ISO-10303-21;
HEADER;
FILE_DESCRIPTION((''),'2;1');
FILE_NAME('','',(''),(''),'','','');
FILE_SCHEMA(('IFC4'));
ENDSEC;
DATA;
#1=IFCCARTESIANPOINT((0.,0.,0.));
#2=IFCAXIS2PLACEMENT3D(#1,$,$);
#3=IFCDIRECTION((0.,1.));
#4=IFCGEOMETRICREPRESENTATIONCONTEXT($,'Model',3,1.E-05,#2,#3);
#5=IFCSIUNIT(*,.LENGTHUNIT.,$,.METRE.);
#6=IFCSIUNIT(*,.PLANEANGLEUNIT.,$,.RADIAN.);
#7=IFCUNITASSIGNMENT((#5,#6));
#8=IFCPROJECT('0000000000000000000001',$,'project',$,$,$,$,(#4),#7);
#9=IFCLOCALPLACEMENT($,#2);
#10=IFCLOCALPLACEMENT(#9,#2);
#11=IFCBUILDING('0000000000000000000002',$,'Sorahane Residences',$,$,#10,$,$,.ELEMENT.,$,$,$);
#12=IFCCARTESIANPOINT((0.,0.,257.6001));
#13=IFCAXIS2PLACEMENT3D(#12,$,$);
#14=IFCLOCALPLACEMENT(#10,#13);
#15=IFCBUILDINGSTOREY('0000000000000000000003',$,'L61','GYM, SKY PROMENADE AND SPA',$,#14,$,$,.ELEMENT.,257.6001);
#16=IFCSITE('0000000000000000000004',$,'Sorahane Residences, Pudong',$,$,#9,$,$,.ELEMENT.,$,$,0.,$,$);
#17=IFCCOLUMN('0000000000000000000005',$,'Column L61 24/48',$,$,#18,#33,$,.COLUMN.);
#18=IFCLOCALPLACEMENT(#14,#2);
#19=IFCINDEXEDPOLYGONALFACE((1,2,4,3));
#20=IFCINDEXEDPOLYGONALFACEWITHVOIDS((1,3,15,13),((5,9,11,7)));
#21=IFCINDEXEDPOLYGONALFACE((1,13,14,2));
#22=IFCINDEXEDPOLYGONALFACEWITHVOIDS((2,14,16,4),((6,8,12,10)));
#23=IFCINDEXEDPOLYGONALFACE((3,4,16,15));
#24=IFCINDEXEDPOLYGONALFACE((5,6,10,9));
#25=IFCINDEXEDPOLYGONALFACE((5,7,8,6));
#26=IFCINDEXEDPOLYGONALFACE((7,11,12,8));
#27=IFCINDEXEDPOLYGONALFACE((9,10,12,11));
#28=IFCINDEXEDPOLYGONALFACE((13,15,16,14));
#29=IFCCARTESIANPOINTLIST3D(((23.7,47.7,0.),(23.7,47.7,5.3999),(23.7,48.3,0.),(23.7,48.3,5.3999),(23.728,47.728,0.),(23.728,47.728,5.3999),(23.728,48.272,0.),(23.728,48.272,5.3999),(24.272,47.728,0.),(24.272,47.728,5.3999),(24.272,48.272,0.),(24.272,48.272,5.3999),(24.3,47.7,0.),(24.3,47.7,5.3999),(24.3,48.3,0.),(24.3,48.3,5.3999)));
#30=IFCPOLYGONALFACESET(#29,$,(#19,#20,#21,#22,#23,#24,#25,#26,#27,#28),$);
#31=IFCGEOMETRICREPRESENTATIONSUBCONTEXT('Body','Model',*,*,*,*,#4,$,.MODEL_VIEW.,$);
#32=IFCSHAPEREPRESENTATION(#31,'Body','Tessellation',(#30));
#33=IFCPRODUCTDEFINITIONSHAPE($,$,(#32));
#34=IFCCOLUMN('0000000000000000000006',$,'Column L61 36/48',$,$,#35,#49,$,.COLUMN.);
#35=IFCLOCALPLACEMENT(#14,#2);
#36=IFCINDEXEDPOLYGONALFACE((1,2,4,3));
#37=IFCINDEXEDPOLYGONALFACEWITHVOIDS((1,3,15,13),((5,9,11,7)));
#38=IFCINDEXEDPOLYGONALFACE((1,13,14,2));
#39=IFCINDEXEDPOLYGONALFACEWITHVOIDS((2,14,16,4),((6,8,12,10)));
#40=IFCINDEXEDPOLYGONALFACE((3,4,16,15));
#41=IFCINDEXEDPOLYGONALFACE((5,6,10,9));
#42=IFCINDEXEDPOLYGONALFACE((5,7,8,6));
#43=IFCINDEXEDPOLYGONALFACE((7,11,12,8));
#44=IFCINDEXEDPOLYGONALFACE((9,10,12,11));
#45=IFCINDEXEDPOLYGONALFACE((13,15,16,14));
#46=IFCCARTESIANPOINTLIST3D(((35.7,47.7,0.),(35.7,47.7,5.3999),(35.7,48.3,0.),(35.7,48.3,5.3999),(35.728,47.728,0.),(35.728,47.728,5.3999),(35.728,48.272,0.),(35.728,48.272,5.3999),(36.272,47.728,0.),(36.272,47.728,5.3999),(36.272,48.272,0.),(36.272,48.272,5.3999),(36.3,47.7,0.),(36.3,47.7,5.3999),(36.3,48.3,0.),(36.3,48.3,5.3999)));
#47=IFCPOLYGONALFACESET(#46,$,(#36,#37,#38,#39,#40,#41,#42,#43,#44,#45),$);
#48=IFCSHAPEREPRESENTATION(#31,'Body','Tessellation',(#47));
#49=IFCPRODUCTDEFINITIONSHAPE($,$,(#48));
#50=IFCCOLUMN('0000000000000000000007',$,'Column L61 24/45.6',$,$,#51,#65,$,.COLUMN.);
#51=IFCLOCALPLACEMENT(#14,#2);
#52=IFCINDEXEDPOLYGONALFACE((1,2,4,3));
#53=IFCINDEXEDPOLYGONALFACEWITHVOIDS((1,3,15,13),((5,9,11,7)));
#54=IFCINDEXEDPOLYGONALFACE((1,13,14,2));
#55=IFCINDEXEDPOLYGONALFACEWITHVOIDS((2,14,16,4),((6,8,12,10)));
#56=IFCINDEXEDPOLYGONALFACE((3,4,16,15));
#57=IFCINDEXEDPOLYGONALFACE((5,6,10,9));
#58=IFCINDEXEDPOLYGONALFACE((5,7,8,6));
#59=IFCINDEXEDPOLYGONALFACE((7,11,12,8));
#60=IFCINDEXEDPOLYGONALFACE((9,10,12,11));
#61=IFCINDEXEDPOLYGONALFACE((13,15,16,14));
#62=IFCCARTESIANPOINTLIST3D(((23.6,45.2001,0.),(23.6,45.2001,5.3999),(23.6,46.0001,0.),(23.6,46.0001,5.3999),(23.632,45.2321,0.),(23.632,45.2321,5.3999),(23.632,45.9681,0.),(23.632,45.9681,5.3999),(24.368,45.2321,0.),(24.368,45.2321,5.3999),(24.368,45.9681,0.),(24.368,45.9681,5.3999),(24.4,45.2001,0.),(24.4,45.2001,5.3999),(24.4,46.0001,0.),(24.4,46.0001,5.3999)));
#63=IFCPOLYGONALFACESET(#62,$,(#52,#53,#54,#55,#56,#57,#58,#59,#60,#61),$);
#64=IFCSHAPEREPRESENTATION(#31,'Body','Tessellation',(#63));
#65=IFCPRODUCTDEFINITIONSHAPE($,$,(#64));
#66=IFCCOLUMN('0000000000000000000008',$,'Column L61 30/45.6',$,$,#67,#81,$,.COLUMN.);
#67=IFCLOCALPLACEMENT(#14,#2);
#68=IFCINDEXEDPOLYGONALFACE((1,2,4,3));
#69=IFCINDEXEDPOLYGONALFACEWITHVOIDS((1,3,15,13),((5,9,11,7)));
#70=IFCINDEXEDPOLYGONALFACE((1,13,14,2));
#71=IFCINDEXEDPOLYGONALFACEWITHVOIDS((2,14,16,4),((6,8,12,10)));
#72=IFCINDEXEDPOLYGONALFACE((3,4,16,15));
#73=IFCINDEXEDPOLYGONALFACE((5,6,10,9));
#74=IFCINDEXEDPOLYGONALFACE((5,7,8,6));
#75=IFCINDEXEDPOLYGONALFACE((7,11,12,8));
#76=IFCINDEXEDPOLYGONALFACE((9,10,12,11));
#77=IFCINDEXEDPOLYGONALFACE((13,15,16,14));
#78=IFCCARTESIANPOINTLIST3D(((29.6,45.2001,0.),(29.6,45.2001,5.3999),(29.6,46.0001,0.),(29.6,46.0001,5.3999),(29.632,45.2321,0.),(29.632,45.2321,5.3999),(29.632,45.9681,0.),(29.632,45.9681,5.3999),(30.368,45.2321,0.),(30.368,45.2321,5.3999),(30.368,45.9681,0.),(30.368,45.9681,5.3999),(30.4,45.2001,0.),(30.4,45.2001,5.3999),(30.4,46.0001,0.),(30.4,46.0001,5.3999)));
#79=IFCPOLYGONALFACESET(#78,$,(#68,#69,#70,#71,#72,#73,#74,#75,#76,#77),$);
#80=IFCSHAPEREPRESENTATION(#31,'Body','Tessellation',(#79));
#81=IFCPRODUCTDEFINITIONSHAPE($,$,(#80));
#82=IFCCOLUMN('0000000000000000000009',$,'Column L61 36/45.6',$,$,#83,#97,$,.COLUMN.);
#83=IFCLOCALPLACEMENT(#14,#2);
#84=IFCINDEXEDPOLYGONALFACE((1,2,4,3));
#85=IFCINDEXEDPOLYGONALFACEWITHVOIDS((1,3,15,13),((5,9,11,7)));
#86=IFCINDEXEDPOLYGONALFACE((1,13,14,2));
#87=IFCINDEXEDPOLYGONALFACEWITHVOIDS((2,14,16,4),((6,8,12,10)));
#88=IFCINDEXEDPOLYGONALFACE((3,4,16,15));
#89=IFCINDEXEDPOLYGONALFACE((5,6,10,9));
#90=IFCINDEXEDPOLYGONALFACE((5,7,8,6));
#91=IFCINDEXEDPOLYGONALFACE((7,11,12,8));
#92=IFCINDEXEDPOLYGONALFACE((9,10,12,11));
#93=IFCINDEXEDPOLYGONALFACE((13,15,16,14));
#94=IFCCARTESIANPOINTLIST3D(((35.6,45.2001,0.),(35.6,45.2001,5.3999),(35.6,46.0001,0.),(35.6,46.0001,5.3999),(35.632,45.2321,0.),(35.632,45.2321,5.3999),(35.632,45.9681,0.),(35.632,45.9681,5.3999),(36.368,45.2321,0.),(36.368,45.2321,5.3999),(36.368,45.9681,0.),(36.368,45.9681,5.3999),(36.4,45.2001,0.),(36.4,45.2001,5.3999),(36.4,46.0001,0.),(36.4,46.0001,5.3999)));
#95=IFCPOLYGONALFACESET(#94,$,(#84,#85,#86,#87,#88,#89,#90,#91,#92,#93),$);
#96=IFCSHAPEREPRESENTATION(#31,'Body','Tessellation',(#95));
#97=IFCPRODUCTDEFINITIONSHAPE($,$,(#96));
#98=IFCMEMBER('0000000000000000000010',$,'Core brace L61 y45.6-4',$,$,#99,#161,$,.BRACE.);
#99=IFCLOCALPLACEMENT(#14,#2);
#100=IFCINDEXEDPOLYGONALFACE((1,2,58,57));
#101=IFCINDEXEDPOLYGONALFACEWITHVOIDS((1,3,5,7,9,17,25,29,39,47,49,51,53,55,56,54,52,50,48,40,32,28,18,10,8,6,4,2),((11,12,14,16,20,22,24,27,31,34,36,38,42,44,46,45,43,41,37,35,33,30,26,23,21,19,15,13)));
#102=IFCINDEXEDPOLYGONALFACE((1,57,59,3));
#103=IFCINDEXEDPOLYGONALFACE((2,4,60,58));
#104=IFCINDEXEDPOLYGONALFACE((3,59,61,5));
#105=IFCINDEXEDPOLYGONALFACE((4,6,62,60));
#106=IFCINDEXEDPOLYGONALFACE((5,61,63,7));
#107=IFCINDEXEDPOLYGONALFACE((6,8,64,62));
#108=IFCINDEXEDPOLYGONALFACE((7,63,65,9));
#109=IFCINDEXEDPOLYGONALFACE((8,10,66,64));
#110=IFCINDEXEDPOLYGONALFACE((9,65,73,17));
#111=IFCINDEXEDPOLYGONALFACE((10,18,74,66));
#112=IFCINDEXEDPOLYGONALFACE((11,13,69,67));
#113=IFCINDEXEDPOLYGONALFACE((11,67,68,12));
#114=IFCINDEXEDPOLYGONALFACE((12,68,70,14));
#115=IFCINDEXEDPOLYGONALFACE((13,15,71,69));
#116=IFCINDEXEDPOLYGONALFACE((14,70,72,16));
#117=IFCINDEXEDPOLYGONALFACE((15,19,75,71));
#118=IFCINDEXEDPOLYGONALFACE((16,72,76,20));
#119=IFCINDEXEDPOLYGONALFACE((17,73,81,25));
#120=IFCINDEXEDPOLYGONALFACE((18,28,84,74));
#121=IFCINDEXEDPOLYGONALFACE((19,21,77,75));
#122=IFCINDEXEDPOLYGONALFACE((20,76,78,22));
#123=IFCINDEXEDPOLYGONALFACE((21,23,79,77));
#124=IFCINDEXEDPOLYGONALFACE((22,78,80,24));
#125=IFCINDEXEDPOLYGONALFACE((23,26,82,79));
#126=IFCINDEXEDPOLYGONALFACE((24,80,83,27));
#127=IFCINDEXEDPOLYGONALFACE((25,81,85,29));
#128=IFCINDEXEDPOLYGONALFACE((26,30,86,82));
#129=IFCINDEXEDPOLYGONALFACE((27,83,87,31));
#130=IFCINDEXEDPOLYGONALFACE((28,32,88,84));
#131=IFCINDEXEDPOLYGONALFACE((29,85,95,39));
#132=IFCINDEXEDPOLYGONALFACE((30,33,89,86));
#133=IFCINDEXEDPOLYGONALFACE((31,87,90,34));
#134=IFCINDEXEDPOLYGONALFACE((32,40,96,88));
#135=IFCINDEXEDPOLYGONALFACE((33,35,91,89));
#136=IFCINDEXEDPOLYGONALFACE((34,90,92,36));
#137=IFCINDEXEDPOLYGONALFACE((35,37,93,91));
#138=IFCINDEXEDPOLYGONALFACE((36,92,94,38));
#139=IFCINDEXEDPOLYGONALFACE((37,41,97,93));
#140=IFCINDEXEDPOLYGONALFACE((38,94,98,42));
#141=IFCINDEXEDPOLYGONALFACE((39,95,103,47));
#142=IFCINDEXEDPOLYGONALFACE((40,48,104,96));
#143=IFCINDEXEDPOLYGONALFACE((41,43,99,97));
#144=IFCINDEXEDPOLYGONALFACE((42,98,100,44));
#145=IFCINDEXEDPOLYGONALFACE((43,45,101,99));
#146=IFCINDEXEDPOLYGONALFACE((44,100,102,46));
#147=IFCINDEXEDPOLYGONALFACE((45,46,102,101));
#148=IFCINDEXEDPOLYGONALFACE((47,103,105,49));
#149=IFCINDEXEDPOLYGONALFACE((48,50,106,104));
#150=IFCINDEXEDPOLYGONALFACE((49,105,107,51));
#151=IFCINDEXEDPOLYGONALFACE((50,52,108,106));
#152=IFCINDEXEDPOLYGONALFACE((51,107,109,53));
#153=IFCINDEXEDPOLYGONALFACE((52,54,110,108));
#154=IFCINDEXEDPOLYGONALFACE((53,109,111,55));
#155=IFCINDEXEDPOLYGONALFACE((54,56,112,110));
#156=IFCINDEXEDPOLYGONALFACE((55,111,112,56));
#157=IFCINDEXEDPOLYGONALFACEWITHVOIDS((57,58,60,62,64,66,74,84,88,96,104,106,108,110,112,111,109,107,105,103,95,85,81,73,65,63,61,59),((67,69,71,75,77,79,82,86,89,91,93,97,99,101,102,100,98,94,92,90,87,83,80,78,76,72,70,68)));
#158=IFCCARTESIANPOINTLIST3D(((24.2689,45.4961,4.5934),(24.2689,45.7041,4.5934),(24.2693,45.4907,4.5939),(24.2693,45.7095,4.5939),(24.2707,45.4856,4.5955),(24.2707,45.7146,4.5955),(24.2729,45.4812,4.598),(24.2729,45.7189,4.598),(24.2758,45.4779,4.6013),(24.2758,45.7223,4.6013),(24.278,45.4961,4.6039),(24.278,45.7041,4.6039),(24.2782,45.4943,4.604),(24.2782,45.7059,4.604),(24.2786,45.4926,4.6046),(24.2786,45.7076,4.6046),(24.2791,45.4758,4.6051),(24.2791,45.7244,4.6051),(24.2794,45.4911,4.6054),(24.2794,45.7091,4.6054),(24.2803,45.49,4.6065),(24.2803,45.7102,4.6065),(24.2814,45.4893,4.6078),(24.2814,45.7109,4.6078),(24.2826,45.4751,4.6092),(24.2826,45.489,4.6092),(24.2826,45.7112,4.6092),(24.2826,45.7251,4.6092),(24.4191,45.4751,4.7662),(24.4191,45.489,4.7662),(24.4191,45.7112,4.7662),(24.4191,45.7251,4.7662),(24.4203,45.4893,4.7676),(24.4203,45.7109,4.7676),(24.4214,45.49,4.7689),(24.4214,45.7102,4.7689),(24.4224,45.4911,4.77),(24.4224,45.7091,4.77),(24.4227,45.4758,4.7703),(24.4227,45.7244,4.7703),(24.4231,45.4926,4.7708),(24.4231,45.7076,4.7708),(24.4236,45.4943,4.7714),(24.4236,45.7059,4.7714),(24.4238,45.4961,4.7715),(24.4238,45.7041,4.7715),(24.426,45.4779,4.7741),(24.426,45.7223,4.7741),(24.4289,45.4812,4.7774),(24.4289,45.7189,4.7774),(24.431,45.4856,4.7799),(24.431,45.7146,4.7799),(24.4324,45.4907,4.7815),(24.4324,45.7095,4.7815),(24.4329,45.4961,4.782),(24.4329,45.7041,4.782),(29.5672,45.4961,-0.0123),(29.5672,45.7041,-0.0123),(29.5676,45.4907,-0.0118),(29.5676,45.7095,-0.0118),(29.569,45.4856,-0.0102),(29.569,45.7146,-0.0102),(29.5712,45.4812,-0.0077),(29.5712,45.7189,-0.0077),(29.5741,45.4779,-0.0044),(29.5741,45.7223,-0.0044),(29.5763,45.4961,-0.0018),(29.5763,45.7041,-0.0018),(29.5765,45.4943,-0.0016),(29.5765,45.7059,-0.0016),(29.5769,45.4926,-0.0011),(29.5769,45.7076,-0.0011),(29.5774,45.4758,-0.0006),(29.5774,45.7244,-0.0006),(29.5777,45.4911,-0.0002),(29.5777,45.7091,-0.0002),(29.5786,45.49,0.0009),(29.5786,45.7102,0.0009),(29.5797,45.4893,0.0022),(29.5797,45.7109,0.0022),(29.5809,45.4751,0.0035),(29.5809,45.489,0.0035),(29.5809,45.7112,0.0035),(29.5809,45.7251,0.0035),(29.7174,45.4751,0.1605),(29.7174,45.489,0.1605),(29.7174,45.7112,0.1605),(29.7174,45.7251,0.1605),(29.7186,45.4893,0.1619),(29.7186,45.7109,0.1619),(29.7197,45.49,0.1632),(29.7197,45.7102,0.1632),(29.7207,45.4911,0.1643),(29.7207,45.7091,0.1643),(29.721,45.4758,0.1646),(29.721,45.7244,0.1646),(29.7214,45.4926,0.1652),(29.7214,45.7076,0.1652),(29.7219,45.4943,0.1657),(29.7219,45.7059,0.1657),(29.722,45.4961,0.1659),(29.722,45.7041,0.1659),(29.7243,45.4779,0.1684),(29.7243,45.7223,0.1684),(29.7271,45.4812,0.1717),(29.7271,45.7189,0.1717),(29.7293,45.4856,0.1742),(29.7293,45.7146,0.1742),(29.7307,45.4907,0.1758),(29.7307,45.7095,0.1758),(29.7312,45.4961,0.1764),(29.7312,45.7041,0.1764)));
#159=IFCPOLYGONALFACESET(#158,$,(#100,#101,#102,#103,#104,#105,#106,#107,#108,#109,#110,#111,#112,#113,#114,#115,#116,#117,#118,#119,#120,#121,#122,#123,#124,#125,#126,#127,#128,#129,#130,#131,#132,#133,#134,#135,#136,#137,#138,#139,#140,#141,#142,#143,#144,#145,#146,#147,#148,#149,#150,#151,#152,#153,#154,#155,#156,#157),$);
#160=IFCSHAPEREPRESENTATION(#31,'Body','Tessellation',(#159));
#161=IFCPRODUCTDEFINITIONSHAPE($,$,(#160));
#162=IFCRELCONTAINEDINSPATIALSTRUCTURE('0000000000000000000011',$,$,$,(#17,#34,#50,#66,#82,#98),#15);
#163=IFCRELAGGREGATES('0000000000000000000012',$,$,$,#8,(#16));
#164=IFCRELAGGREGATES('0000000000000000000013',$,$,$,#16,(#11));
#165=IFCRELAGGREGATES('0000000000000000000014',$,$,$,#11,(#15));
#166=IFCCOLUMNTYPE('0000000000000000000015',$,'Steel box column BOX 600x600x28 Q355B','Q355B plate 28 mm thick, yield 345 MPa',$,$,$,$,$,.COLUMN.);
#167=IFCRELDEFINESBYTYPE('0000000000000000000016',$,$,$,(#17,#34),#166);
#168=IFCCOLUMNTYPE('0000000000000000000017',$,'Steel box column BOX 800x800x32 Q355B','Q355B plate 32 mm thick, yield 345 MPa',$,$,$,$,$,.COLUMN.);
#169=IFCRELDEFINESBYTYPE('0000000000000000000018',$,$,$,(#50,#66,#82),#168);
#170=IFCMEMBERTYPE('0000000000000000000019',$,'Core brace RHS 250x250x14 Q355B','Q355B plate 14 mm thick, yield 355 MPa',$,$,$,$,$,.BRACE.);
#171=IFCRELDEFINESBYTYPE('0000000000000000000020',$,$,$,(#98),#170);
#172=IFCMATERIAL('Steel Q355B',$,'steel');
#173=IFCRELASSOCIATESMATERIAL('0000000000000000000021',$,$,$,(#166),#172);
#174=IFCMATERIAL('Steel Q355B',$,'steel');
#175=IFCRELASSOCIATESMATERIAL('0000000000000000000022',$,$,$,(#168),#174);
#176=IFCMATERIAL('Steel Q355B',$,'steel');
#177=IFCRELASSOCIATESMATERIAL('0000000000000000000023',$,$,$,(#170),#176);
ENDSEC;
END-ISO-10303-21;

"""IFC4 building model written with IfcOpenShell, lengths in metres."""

from ifc_helpers import new_model, si_unit, direction, frame, origin, origin_2d, place, context, subcontext, project, spatial, hollow_rectangle, extrude, material, material_profile, profile_set, type_object, element, save


model = new_model("IFC4")

# Units and contexts
model_context = context("Model", 3, precision=1e-05, world=origin(), true_north=direction((0.0, 1.0)))
body_context = subcontext(model_context, "Body", "Model", "MODEL_VIEW")
ifc_project = project(units=[si_unit("LENGTHUNIT", "METRE"), si_unit("PLANEANGLEUNIT", "RADIAN")], contexts=[model_context])

# Site, building, storey
site_placement = place(None, origin())
site = spatial("IfcSite", under=ifc_project, at=site_placement, Name="Sorahane Residences, Pudong", CompositionType="ELEMENT", RefElevation=0.0)
building_placement = place(site_placement, origin())
building = spatial("IfcBuilding", under=site, at=building_placement, Name="Sorahane Residences", CompositionType="ELEMENT")
storey_placement = place(building_placement, frame((0.0, 0.0, 257.6001)))
storey = spatial("IfcBuildingStorey", under=building, at=storey_placement, Name="L61", Description="GYM, SKY PROMENADE AND SPA", CompositionType="ELEMENT", Elevation=257.6001)

# Columns
ifc_material_1 = material(Name="Steel Q355B", Category="steel")
ifc_material_profile_1 = material_profile(ifc_material_1, hollow_rectangle(XDim=0.6001, YDim=0.6001, WallThickness=0.0281, at=origin_2d()), Name="BOX 600x600x28")
ifc_profile_set_1 = profile_set([ifc_material_profile_1], Name="Steel Q355B")
column_type_1 = type_object("IfcColumnType", Name="Steel box column BOX 600x600x28 Q355B", Description="Q355B plate 28 mm thick, yield 345 MPa", PredefinedType="COLUMN", material=ifc_profile_set_1)
for number, where, z_axis, x_axis, name in (
    (1, (24.0, 48.0, 0.0), (0.0, 0.0, 1.0), (1.0, 0.0, 0.0), "Column L61 24/48"),
    (2, (36.0, 48.0, 0.0), (0.0, 0.0, 1.0), (1.0, 0.0, 0.0), "Column L61 36/48"),
):
    element("IfcColumn", number, at=place(storey_placement, frame(where, z_axis=z_axis, x_axis=x_axis)), inside=storey, type_object=column_type_1, Name=name, PredefinedType="COLUMN", context=body_context, shape_type="SweptSolid", body=[
        extrude(hollow_rectangle(XDim=0.6001, YDim=0.6001, WallThickness=0.0281, at=origin_2d()), origin(), (0.0, 0.0, 1.0), 5.3999),
    ])
ifc_material_2 = material(Name="Steel Q355B", Category="steel")
ifc_material_profile_2 = material_profile(ifc_material_2, hollow_rectangle(XDim=0.8, YDim=0.8, WallThickness=0.032, at=origin_2d()), Name="BOX 800x800x32")
ifc_profile_set_2 = profile_set([ifc_material_profile_2], Name="Steel Q355B")
column_type_2 = type_object("IfcColumnType", Name="Steel box column BOX 800x800x32 Q355B", Description="Q355B plate 32 mm thick, yield 345 MPa", PredefinedType="COLUMN", material=ifc_profile_set_2)
for number, where, z_axis, x_axis, name in (
    (3, (24.0, 45.6001, 0.0), (0.0, 0.0, 1.0), (1.0, 0.0, 0.0), "Column L61 24/45.6"),
    (4, (30.0, 45.6001, 0.0), (0.0, 0.0, 1.0), (1.0, 0.0, 0.0), "Column L61 30/45.6"),
    (5, (36.0, 45.6001, 0.0), (0.0, 0.0, 1.0), (1.0, 0.0, 0.0), "Column L61 36/45.6"),
):
    element("IfcColumn", number, at=place(storey_placement, frame(where, z_axis=z_axis, x_axis=x_axis)), inside=storey, type_object=column_type_2, Name=name, PredefinedType="COLUMN", context=body_context, shape_type="SweptSolid", body=[
        extrude(hollow_rectangle(XDim=0.8, YDim=0.8, WallThickness=0.032, at=origin_2d()), origin(), (0.0, 0.0, 1.0), 5.3999),
    ])

# Member
ifc_material_3 = material(Name="Steel Q355B", Category="steel")
ifc_material_profile_3 = material_profile(ifc_material_3, hollow_rectangle(XDim=0.25, YDim=0.25, WallThickness=0.0139, InnerFilletRadius=0.0071, OuterFilletRadius=0.021, at=origin_2d()), Name="RHS 250x250x14")
ifc_profile_set_3 = profile_set([ifc_material_profile_3], Name="Steel Q355B")
member_type_1 = type_object("IfcMemberType", Name="Core brace RHS 250x250x14 Q355B", Description="Q355B plate 14 mm thick, yield 355 MPa", PredefinedType="BRACE", material=ifc_profile_set_3)
member_1_placement = place(storey_placement, frame((29.6492, 45.6001, 0.082), z_axis=(-0.754714, 0.0, 0.656054), x_axis=(0.0, -1.0, 0.0)))
element("IfcMember", 6, at=member_1_placement, inside=storey, type_object=member_type_1, Name="Core brace L61 y45.6-4", PredefinedType="BRACE", context=body_context, shape_type="SweptSolid", body=[
    extrude(hollow_rectangle(XDim=0.25, YDim=0.25, WallThickness=0.0139, InnerFilletRadius=0.0071, OuterFilletRadius=0.021, at=origin_2d()), origin(), (0.0, 0.0, 1.0), 7.0203),
])

save(model, "model.ifc")
